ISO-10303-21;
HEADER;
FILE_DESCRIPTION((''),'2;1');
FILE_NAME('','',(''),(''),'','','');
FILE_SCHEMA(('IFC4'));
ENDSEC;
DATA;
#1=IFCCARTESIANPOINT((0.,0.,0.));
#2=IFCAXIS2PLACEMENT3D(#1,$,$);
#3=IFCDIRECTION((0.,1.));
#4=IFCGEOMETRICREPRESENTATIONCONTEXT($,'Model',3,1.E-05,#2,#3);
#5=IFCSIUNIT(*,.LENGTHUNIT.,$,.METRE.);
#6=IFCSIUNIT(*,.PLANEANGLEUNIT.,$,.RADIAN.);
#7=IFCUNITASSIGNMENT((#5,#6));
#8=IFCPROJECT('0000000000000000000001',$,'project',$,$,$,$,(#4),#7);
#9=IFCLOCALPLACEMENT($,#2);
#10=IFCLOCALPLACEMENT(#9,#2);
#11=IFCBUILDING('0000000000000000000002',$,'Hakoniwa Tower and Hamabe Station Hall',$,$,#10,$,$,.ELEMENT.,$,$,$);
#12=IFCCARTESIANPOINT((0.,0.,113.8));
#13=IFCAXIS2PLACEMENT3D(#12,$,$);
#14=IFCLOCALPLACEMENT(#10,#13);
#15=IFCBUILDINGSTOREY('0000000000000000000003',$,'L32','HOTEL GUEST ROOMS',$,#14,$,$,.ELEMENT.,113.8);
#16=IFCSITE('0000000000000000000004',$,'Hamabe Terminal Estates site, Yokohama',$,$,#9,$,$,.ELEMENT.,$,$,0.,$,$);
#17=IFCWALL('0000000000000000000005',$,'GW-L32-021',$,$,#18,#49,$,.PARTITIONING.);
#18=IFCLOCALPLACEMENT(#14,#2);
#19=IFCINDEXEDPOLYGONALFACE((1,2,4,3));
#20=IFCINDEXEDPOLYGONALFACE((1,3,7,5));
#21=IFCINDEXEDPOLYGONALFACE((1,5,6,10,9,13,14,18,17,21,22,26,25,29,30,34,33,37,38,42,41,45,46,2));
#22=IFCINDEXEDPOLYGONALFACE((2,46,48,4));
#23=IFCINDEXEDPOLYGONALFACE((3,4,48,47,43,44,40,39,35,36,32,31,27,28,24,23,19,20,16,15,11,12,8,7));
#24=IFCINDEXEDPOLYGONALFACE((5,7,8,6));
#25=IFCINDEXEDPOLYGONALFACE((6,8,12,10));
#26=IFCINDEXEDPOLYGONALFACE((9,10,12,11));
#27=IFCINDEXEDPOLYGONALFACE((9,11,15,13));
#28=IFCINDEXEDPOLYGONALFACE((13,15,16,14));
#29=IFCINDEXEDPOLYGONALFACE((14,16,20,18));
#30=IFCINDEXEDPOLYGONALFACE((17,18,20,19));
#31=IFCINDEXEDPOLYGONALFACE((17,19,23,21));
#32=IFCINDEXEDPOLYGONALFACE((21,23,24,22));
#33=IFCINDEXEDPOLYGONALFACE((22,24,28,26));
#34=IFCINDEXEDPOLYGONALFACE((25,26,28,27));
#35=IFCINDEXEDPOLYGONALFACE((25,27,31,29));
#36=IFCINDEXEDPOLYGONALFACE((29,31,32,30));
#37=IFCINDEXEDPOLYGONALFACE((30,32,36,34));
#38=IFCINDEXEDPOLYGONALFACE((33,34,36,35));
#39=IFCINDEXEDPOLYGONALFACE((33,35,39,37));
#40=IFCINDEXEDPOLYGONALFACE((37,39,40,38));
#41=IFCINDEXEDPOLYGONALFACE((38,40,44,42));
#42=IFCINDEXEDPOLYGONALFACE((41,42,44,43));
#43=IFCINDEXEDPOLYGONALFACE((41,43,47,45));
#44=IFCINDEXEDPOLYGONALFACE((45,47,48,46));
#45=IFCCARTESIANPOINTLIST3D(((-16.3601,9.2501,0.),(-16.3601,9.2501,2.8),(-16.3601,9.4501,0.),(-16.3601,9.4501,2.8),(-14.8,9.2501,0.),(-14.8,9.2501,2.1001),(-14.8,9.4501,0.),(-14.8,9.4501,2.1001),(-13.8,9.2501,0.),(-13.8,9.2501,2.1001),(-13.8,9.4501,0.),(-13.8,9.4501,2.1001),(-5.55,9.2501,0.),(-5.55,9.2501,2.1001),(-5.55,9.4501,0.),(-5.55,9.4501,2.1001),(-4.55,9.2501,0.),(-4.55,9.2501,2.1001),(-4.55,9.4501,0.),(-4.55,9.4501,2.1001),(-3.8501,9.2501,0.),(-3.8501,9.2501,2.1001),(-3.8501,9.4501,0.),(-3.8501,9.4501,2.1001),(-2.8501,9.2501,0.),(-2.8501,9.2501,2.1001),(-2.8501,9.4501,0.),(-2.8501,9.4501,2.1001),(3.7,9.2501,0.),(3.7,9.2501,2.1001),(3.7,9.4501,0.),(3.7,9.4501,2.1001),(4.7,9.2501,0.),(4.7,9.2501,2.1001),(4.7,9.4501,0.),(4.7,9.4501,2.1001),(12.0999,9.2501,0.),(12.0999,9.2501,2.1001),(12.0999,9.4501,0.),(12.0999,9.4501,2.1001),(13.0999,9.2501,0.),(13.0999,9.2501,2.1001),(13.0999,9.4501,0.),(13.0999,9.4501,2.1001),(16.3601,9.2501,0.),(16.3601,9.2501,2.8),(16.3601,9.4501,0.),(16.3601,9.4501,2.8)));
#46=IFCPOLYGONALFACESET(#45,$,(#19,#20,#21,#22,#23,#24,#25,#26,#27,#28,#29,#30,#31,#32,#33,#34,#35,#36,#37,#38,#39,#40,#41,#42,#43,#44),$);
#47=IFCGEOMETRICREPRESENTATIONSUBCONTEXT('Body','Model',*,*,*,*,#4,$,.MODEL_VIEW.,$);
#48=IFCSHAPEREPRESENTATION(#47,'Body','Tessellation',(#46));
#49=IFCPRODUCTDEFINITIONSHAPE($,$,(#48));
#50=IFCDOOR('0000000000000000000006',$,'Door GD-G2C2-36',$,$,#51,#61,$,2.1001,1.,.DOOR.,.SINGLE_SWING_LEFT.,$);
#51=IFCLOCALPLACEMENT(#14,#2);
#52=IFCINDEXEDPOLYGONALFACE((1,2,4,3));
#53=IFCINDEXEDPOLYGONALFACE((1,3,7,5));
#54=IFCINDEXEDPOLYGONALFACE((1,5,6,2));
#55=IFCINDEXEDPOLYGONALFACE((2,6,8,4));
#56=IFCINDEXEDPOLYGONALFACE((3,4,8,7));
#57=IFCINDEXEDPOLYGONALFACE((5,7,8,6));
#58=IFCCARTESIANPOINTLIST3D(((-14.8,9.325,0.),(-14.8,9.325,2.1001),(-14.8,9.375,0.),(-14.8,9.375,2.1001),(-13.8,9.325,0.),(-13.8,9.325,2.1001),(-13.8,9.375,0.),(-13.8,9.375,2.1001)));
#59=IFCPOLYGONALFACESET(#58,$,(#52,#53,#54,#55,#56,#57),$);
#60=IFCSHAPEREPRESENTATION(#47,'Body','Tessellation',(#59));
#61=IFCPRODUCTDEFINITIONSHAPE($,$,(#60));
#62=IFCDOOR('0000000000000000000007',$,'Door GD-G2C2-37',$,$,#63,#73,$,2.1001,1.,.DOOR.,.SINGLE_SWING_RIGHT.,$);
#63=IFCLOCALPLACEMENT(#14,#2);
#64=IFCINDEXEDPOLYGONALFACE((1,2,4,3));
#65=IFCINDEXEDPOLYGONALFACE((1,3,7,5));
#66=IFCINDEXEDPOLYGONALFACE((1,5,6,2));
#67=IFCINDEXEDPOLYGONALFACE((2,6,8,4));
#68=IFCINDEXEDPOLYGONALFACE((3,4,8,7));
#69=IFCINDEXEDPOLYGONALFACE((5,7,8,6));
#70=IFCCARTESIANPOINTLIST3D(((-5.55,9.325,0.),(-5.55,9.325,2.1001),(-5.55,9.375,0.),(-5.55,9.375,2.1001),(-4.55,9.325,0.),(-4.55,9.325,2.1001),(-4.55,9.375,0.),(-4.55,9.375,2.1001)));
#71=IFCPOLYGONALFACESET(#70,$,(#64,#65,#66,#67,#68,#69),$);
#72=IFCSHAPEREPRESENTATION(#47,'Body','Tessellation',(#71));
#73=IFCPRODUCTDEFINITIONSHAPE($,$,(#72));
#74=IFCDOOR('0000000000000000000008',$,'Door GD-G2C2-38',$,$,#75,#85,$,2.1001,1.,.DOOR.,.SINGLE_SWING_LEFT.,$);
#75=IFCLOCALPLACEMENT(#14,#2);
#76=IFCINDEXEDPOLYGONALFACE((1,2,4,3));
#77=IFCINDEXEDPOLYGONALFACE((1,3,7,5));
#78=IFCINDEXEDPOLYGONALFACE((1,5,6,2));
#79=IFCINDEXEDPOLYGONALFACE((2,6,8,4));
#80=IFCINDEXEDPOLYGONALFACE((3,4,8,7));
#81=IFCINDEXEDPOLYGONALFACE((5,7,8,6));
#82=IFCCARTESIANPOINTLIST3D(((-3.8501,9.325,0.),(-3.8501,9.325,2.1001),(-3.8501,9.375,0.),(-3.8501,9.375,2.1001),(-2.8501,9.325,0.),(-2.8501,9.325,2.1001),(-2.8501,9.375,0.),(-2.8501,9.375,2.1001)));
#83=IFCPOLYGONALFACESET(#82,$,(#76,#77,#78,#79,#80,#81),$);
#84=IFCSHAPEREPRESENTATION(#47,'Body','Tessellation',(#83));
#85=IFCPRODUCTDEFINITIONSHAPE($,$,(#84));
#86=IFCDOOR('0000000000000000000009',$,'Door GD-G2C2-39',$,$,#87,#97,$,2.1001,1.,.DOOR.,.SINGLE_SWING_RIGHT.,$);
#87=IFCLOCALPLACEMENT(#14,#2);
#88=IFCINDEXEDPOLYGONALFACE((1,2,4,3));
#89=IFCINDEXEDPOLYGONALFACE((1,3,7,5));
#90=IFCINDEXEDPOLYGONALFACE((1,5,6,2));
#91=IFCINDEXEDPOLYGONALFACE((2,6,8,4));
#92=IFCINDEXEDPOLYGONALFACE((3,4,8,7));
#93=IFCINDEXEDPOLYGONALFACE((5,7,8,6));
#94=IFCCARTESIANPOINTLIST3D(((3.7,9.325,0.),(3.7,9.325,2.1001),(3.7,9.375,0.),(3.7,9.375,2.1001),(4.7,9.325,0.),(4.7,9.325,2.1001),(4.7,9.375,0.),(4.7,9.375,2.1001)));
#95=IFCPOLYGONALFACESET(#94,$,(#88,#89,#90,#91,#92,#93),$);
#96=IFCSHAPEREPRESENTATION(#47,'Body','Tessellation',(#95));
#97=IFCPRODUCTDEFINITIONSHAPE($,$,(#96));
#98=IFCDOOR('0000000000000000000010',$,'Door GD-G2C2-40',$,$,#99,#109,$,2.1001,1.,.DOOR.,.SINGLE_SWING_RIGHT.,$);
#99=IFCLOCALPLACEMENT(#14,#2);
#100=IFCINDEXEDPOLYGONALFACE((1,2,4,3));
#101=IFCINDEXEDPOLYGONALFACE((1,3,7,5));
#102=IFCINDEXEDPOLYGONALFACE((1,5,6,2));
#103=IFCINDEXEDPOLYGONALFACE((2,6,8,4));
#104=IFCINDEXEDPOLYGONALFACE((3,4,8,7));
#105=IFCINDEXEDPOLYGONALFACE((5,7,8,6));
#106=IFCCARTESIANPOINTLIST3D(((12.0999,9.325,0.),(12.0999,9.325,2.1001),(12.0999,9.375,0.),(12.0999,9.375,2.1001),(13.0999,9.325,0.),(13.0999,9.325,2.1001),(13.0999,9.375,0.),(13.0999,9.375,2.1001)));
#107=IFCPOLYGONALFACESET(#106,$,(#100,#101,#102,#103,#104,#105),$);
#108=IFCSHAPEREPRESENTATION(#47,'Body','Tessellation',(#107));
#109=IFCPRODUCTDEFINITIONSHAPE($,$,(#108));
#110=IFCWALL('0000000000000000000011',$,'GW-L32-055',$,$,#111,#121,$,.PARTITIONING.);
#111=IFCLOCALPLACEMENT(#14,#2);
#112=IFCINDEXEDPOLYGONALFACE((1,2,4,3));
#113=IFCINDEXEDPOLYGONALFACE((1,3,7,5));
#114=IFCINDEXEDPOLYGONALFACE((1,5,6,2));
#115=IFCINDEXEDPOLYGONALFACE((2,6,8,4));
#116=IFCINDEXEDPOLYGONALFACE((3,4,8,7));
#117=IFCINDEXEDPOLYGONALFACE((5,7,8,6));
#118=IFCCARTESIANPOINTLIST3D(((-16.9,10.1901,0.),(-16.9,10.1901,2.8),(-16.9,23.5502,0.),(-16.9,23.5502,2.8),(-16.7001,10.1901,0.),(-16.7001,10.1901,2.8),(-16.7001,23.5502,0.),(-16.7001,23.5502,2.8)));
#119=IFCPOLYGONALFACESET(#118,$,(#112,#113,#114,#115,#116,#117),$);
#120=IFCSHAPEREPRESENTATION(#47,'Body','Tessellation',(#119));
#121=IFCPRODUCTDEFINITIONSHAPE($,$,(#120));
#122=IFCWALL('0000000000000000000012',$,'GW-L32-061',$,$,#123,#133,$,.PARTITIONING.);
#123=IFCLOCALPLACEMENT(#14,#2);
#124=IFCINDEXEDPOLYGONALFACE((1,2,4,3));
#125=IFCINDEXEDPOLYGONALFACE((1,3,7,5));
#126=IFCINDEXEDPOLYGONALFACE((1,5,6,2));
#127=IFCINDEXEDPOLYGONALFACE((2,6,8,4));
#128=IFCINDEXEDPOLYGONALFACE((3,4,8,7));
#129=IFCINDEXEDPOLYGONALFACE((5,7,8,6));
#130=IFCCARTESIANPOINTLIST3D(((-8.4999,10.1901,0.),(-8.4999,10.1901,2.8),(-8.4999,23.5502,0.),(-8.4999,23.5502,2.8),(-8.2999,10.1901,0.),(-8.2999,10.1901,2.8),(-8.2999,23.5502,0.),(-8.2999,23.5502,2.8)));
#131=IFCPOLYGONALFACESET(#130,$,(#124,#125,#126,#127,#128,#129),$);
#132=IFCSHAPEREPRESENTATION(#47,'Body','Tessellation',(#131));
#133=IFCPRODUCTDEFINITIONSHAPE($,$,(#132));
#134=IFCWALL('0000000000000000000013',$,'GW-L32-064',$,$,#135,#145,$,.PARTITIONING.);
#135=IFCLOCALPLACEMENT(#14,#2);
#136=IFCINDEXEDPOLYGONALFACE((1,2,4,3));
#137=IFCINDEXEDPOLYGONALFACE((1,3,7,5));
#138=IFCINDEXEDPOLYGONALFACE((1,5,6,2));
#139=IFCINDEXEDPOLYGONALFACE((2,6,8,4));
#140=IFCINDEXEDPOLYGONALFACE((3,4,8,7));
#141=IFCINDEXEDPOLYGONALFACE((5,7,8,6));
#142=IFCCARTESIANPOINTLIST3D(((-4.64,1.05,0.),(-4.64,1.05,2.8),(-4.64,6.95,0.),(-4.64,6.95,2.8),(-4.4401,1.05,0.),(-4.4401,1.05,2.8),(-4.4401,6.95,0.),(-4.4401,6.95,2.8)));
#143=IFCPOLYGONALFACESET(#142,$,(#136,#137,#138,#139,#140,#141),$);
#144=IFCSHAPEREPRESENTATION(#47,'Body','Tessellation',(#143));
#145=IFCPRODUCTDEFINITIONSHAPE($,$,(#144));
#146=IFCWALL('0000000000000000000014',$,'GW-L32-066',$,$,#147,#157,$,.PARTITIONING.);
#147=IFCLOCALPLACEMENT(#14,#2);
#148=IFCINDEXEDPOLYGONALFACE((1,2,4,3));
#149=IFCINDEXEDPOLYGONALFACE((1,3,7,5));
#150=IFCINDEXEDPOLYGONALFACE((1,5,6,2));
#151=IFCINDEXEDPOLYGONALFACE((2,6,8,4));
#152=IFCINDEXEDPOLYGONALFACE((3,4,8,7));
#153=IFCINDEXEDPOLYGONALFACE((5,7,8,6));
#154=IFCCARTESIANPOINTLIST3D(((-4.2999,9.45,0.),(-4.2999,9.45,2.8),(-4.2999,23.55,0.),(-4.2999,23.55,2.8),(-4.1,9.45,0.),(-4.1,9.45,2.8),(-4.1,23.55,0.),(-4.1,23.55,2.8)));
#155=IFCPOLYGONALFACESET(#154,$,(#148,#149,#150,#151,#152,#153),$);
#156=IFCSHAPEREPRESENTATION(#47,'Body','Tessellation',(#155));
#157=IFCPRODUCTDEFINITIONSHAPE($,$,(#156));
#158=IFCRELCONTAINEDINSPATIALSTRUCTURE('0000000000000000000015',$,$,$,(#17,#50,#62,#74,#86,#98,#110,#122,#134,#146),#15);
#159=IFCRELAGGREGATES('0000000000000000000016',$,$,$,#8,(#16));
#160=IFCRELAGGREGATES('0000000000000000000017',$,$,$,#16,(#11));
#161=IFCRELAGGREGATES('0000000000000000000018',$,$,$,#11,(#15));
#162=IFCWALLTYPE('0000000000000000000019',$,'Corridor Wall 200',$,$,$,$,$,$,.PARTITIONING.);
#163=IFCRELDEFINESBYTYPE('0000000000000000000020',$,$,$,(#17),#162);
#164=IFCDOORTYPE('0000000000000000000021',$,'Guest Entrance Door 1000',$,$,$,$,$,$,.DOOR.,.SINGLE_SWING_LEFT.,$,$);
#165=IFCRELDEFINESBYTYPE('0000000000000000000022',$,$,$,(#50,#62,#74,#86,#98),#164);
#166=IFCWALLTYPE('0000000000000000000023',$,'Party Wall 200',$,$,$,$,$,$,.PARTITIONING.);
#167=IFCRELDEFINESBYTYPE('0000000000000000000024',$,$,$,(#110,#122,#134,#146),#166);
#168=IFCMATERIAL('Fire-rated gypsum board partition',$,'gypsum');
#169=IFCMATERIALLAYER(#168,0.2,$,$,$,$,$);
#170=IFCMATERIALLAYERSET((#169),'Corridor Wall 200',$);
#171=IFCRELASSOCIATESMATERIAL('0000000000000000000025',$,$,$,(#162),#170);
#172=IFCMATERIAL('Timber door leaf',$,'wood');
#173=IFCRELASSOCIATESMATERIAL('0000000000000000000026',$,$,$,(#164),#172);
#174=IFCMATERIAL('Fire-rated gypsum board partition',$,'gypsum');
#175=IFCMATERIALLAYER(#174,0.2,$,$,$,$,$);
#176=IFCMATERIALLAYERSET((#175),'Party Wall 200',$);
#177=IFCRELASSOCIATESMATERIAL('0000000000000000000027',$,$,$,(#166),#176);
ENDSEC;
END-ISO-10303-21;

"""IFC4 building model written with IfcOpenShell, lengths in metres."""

from ifc_helpers import new_model, si_unit, direction, frame, frame_2d, origin, place, context, subcontext, project, spatial, rectangle, extrude, material, layer, layer_set, type_object, element, fill, save


model = new_model("IFC4")

# Units and contexts
model_context = context("Model", 3, precision=1e-05, world=origin(), true_north=direction((0.0, 1.0)))
body_context = subcontext(model_context, "Body", "Model", "MODEL_VIEW")
ifc_project = project(units=[si_unit("LENGTHUNIT", "METRE"), si_unit("PLANEANGLEUNIT", "RADIAN")], contexts=[model_context])

# Site, building, storey
site_placement = place(None, origin())
site = spatial("IfcSite", under=ifc_project, at=site_placement, Name="Hamabe Terminal Estates site, Yokohama", CompositionType="ELEMENT", RefElevation=0.0)
building_placement = place(site_placement, origin())
building = spatial("IfcBuilding", under=site, at=building_placement, Name="Hakoniwa Tower and Hamabe Station Hall", CompositionType="ELEMENT")
storey_placement = place(building_placement, frame((0.0, 0.0, 113.8)))
storey = spatial("IfcBuildingStorey", under=building, at=storey_placement, Name="L32", Description="HOTEL GUEST ROOMS", CompositionType="ELEMENT", Elevation=113.8)

# Wall, openings, doors
ifc_material_1 = material(Name="Fire-rated gypsum board partition", Category="gypsum")
ifc_layer_1 = layer(ifc_material_1, 0.2)
ifc_layer_set_1 = layer_set([ifc_layer_1], Name="Corridor Wall 200")
wall_type_1 = type_object("IfcWallType", Name="Corridor Wall 200", PredefinedType="PARTITIONING", material=ifc_layer_set_1)
wall_1_placement = place(storey_placement, frame((-16.3601, 9.3501, 0.0), z_axis=(0.0, 0.0, 1.0), x_axis=(1.0, 0.0, 0.0)))
wall_1 = element("IfcWall", 1, at=wall_1_placement, inside=storey, type_object=wall_type_1, Name="GW-L32-021", PredefinedType="PARTITIONING", context=body_context, shape_type="SweptSolid", body=[
    extrude(rectangle(XDim=32.7202, YDim=0.2, at=frame_2d((16.3601, 0.0))), origin(), (0.0, 0.0, 1.0), 2.8),
])
opening_1_placement = place(wall_1_placement, frame((1.5601, 0.0, 0.0)))
opening_1 = element("IfcOpeningElement", 2, at=opening_1_placement, cuts=wall_1, PredefinedType="OPENING", context=body_context, shape_type="SweptSolid", body=[
    extrude(rectangle(XDim=1.0, YDim=2.1001, at=frame_2d((0.5, 1.05))), frame((0.0, 0.1099, 0.0), z_axis=(0.0, -1.0, 0.0), x_axis=(1.0, 0.0, 0.0)), (0.0, 0.0, 1.0), 0.22),
])
opening_2_placement = place(wall_1_placement, frame((10.8101, 0.0, 0.0)))
opening_2 = element("IfcOpeningElement", 3, at=opening_2_placement, cuts=wall_1, PredefinedType="OPENING", context=body_context, shape_type="SweptSolid", body=[
    extrude(rectangle(XDim=1.0, YDim=2.1001, at=frame_2d((0.5, 1.05))), frame((0.0, 0.1099, 0.0), z_axis=(0.0, -1.0, 0.0), x_axis=(1.0, 0.0, 0.0)), (0.0, 0.0, 1.0), 0.22),
])
opening_3_placement = place(wall_1_placement, frame((12.51, 0.0, 0.0)))
opening_3 = element("IfcOpeningElement", 4, at=opening_3_placement, cuts=wall_1, PredefinedType="OPENING", context=body_context, shape_type="SweptSolid", body=[
    extrude(rectangle(XDim=1.0, YDim=2.1001, at=frame_2d((0.5, 1.05))), frame((0.0, 0.1099, 0.0), z_axis=(0.0, -1.0, 0.0), x_axis=(1.0, 0.0, 0.0)), (0.0, 0.0, 1.0), 0.22),
])
opening_4_placement = place(wall_1_placement, frame((20.0601, 0.0, 0.0)))
opening_4 = element("IfcOpeningElement", 5, at=opening_4_placement, cuts=wall_1, PredefinedType="OPENING", context=body_context, shape_type="SweptSolid", body=[
    extrude(rectangle(XDim=1.0, YDim=2.1001, at=frame_2d((0.5, 1.05))), frame((0.0, 0.1099, 0.0), z_axis=(0.0, -1.0, 0.0), x_axis=(1.0, 0.0, 0.0)), (0.0, 0.0, 1.0), 0.22),
])
opening_5_placement = place(wall_1_placement, frame((28.46, 0.0, 0.0)))
opening_5 = element("IfcOpeningElement", 6, at=opening_5_placement, cuts=wall_1, PredefinedType="OPENING", context=body_context, shape_type="SweptSolid", body=[
    extrude(rectangle(XDim=1.0, YDim=2.1001, at=frame_2d((0.5, 1.05))), frame((0.0, 0.1099, 0.0), z_axis=(0.0, -1.0, 0.0), x_axis=(1.0, 0.0, 0.0)), (0.0, 0.0, 1.0), 0.22),
])
ifc_material_2 = material(Name="Timber door leaf", Category="wood")
door_type_1 = type_object("IfcDoorType", Name="Guest Entrance Door 1000", OperationType="SINGLE_SWING_LEFT", PredefinedType="DOOR", material=ifc_material_2)
door_1_placement = place(opening_1_placement, origin())
door_1 = element("IfcDoor", 7, at=door_1_placement, inside=storey, type_object=door_type_1, Name="Door GD-G2C2-36", OperationType="SINGLE_SWING_LEFT", OverallHeight=2.1001, OverallWidth=1.0, PredefinedType="DOOR", context=body_context, shape_type="SweptSolid", body=[
    extrude(rectangle(XDim=1.0, YDim=2.1001, at=frame_2d((0.5, 1.05))), frame((0.0, 0.0249, 0.0), z_axis=(0.0, -1.0, 0.0), x_axis=(1.0, 0.0, 0.0)), (0.0, 0.0, 1.0), 0.05),
])
fill(opening_1, door_1)
door_2_placement = place(opening_2_placement, origin())
door_2 = element("IfcDoor", 8, at=door_2_placement, inside=storey, type_object=door_type_1, Name="Door GD-G2C2-37", OperationType="SINGLE_SWING_RIGHT", OverallHeight=2.1001, OverallWidth=1.0, PredefinedType="DOOR", context=body_context, shape_type="SweptSolid", body=[
    extrude(rectangle(XDim=1.0, YDim=2.1001, at=frame_2d((0.5, 1.05))), frame((0.0, 0.0249, 0.0), z_axis=(0.0, -1.0, 0.0), x_axis=(1.0, 0.0, 0.0)), (0.0, 0.0, 1.0), 0.05),
])
fill(opening_2, door_2)
door_3_placement = place(opening_3_placement, origin())
door_3 = element("IfcDoor", 9, at=door_3_placement, inside=storey, type_object=door_type_1, Name="Door GD-G2C2-38", OperationType="SINGLE_SWING_LEFT", OverallHeight=2.1001, OverallWidth=1.0, PredefinedType="DOOR", context=body_context, shape_type="SweptSolid", body=[
    extrude(rectangle(XDim=1.0, YDim=2.1001, at=frame_2d((0.5, 1.05))), frame((0.0, 0.0249, 0.0), z_axis=(0.0, -1.0, 0.0), x_axis=(1.0, 0.0, 0.0)), (0.0, 0.0, 1.0), 0.05),
])
fill(opening_3, door_3)
door_4_placement = place(opening_4_placement, origin())
door_4 = element("IfcDoor", 10, at=door_4_placement, inside=storey, type_object=door_type_1, Name="Door GD-G2C2-39", OperationType="SINGLE_SWING_RIGHT", OverallHeight=2.1001, OverallWidth=1.0, PredefinedType="DOOR", context=body_context, shape_type="SweptSolid", body=[
    extrude(rectangle(XDim=1.0, YDim=2.1001, at=frame_2d((0.5, 1.05))), frame((0.0, 0.0249, 0.0), z_axis=(0.0, -1.0, 0.0), x_axis=(1.0, 0.0, 0.0)), (0.0, 0.0, 1.0), 0.05),
])
fill(opening_4, door_4)
door_5_placement = place(opening_5_placement, origin())
door_5 = element("IfcDoor", 11, at=door_5_placement, inside=storey, type_object=door_type_1, Name="Door GD-G2C2-40", OperationType="SINGLE_SWING_RIGHT", OverallHeight=2.1001, OverallWidth=1.0, PredefinedType="DOOR", context=body_context, shape_type="SweptSolid", body=[
    extrude(rectangle(XDim=1.0, YDim=2.1001, at=frame_2d((0.5, 1.05))), frame((0.0, 0.0249, 0.0), z_axis=(0.0, -1.0, 0.0), x_axis=(1.0, 0.0, 0.0)), (0.0, 0.0, 1.0), 0.05),
])
fill(opening_5, door_5)

# Walls
ifc_material_3 = material(Name="Fire-rated gypsum board partition", Category="gypsum")
ifc_layer_2 = layer(ifc_material_3, 0.2)
ifc_layer_set_2 = layer_set([ifc_layer_2], Name="Party Wall 200")
wall_type_2 = type_object("IfcWallType", Name="Party Wall 200", PredefinedType="PARTITIONING", material=ifc_layer_set_2)
for number, where, z_axis, x_axis, name in (
    (12, (-16.8, 10.1899, 0.0), (0.0, 0.0, 1.0), (0.0, 1.0, 0.0), "GW-L32-055"),
    (13, (-8.3999, 10.1899, 0.0), (0.0, 0.0, 1.0), (0.0, 1.0, 0.0), "GW-L32-061"),
):
    element("IfcWall", number, at=place(storey_placement, frame(where, z_axis=z_axis, x_axis=x_axis)), inside=storey, type_object=wall_type_2, Name=name, PredefinedType="PARTITIONING", context=body_context, shape_type="SweptSolid", body=[
        extrude(rectangle(XDim=13.3601, YDim=0.2, at=frame_2d((6.6802, 0.0))), origin(), (0.0, 0.0, 1.0), 2.8),
    ])
wall_2_placement = place(storey_placement, frame((-4.54, 1.05, 0.0), z_axis=(0.0, 0.0, 1.0), x_axis=(0.0, 1.0, 0.0)))
element("IfcWall", 14, at=wall_2_placement, inside=storey, type_object=wall_type_2, Name="GW-L32-064", PredefinedType="PARTITIONING", context=body_context, shape_type="SweptSolid", body=[
    extrude(rectangle(XDim=5.8999, YDim=0.2, at=frame_2d((2.95, 0.0))), origin(), (0.0, 0.0, 1.0), 2.8),
])
wall_3_placement = place(storey_placement, frame((-4.2, 9.45, 0.0), z_axis=(0.0, 0.0, 1.0), x_axis=(0.0, 1.0, 0.0)))
element("IfcWall", 15, at=wall_3_placement, inside=storey, type_object=wall_type_2, Name="GW-L32-066", PredefinedType="PARTITIONING", context=body_context, shape_type="SweptSolid", body=[
    extrude(rectangle(XDim=14.1001, YDim=0.2, at=frame_2d((7.05, 0.0))), origin(), (0.0, 0.0, 1.0), 2.8),
])

save(model, "model.ifc")
